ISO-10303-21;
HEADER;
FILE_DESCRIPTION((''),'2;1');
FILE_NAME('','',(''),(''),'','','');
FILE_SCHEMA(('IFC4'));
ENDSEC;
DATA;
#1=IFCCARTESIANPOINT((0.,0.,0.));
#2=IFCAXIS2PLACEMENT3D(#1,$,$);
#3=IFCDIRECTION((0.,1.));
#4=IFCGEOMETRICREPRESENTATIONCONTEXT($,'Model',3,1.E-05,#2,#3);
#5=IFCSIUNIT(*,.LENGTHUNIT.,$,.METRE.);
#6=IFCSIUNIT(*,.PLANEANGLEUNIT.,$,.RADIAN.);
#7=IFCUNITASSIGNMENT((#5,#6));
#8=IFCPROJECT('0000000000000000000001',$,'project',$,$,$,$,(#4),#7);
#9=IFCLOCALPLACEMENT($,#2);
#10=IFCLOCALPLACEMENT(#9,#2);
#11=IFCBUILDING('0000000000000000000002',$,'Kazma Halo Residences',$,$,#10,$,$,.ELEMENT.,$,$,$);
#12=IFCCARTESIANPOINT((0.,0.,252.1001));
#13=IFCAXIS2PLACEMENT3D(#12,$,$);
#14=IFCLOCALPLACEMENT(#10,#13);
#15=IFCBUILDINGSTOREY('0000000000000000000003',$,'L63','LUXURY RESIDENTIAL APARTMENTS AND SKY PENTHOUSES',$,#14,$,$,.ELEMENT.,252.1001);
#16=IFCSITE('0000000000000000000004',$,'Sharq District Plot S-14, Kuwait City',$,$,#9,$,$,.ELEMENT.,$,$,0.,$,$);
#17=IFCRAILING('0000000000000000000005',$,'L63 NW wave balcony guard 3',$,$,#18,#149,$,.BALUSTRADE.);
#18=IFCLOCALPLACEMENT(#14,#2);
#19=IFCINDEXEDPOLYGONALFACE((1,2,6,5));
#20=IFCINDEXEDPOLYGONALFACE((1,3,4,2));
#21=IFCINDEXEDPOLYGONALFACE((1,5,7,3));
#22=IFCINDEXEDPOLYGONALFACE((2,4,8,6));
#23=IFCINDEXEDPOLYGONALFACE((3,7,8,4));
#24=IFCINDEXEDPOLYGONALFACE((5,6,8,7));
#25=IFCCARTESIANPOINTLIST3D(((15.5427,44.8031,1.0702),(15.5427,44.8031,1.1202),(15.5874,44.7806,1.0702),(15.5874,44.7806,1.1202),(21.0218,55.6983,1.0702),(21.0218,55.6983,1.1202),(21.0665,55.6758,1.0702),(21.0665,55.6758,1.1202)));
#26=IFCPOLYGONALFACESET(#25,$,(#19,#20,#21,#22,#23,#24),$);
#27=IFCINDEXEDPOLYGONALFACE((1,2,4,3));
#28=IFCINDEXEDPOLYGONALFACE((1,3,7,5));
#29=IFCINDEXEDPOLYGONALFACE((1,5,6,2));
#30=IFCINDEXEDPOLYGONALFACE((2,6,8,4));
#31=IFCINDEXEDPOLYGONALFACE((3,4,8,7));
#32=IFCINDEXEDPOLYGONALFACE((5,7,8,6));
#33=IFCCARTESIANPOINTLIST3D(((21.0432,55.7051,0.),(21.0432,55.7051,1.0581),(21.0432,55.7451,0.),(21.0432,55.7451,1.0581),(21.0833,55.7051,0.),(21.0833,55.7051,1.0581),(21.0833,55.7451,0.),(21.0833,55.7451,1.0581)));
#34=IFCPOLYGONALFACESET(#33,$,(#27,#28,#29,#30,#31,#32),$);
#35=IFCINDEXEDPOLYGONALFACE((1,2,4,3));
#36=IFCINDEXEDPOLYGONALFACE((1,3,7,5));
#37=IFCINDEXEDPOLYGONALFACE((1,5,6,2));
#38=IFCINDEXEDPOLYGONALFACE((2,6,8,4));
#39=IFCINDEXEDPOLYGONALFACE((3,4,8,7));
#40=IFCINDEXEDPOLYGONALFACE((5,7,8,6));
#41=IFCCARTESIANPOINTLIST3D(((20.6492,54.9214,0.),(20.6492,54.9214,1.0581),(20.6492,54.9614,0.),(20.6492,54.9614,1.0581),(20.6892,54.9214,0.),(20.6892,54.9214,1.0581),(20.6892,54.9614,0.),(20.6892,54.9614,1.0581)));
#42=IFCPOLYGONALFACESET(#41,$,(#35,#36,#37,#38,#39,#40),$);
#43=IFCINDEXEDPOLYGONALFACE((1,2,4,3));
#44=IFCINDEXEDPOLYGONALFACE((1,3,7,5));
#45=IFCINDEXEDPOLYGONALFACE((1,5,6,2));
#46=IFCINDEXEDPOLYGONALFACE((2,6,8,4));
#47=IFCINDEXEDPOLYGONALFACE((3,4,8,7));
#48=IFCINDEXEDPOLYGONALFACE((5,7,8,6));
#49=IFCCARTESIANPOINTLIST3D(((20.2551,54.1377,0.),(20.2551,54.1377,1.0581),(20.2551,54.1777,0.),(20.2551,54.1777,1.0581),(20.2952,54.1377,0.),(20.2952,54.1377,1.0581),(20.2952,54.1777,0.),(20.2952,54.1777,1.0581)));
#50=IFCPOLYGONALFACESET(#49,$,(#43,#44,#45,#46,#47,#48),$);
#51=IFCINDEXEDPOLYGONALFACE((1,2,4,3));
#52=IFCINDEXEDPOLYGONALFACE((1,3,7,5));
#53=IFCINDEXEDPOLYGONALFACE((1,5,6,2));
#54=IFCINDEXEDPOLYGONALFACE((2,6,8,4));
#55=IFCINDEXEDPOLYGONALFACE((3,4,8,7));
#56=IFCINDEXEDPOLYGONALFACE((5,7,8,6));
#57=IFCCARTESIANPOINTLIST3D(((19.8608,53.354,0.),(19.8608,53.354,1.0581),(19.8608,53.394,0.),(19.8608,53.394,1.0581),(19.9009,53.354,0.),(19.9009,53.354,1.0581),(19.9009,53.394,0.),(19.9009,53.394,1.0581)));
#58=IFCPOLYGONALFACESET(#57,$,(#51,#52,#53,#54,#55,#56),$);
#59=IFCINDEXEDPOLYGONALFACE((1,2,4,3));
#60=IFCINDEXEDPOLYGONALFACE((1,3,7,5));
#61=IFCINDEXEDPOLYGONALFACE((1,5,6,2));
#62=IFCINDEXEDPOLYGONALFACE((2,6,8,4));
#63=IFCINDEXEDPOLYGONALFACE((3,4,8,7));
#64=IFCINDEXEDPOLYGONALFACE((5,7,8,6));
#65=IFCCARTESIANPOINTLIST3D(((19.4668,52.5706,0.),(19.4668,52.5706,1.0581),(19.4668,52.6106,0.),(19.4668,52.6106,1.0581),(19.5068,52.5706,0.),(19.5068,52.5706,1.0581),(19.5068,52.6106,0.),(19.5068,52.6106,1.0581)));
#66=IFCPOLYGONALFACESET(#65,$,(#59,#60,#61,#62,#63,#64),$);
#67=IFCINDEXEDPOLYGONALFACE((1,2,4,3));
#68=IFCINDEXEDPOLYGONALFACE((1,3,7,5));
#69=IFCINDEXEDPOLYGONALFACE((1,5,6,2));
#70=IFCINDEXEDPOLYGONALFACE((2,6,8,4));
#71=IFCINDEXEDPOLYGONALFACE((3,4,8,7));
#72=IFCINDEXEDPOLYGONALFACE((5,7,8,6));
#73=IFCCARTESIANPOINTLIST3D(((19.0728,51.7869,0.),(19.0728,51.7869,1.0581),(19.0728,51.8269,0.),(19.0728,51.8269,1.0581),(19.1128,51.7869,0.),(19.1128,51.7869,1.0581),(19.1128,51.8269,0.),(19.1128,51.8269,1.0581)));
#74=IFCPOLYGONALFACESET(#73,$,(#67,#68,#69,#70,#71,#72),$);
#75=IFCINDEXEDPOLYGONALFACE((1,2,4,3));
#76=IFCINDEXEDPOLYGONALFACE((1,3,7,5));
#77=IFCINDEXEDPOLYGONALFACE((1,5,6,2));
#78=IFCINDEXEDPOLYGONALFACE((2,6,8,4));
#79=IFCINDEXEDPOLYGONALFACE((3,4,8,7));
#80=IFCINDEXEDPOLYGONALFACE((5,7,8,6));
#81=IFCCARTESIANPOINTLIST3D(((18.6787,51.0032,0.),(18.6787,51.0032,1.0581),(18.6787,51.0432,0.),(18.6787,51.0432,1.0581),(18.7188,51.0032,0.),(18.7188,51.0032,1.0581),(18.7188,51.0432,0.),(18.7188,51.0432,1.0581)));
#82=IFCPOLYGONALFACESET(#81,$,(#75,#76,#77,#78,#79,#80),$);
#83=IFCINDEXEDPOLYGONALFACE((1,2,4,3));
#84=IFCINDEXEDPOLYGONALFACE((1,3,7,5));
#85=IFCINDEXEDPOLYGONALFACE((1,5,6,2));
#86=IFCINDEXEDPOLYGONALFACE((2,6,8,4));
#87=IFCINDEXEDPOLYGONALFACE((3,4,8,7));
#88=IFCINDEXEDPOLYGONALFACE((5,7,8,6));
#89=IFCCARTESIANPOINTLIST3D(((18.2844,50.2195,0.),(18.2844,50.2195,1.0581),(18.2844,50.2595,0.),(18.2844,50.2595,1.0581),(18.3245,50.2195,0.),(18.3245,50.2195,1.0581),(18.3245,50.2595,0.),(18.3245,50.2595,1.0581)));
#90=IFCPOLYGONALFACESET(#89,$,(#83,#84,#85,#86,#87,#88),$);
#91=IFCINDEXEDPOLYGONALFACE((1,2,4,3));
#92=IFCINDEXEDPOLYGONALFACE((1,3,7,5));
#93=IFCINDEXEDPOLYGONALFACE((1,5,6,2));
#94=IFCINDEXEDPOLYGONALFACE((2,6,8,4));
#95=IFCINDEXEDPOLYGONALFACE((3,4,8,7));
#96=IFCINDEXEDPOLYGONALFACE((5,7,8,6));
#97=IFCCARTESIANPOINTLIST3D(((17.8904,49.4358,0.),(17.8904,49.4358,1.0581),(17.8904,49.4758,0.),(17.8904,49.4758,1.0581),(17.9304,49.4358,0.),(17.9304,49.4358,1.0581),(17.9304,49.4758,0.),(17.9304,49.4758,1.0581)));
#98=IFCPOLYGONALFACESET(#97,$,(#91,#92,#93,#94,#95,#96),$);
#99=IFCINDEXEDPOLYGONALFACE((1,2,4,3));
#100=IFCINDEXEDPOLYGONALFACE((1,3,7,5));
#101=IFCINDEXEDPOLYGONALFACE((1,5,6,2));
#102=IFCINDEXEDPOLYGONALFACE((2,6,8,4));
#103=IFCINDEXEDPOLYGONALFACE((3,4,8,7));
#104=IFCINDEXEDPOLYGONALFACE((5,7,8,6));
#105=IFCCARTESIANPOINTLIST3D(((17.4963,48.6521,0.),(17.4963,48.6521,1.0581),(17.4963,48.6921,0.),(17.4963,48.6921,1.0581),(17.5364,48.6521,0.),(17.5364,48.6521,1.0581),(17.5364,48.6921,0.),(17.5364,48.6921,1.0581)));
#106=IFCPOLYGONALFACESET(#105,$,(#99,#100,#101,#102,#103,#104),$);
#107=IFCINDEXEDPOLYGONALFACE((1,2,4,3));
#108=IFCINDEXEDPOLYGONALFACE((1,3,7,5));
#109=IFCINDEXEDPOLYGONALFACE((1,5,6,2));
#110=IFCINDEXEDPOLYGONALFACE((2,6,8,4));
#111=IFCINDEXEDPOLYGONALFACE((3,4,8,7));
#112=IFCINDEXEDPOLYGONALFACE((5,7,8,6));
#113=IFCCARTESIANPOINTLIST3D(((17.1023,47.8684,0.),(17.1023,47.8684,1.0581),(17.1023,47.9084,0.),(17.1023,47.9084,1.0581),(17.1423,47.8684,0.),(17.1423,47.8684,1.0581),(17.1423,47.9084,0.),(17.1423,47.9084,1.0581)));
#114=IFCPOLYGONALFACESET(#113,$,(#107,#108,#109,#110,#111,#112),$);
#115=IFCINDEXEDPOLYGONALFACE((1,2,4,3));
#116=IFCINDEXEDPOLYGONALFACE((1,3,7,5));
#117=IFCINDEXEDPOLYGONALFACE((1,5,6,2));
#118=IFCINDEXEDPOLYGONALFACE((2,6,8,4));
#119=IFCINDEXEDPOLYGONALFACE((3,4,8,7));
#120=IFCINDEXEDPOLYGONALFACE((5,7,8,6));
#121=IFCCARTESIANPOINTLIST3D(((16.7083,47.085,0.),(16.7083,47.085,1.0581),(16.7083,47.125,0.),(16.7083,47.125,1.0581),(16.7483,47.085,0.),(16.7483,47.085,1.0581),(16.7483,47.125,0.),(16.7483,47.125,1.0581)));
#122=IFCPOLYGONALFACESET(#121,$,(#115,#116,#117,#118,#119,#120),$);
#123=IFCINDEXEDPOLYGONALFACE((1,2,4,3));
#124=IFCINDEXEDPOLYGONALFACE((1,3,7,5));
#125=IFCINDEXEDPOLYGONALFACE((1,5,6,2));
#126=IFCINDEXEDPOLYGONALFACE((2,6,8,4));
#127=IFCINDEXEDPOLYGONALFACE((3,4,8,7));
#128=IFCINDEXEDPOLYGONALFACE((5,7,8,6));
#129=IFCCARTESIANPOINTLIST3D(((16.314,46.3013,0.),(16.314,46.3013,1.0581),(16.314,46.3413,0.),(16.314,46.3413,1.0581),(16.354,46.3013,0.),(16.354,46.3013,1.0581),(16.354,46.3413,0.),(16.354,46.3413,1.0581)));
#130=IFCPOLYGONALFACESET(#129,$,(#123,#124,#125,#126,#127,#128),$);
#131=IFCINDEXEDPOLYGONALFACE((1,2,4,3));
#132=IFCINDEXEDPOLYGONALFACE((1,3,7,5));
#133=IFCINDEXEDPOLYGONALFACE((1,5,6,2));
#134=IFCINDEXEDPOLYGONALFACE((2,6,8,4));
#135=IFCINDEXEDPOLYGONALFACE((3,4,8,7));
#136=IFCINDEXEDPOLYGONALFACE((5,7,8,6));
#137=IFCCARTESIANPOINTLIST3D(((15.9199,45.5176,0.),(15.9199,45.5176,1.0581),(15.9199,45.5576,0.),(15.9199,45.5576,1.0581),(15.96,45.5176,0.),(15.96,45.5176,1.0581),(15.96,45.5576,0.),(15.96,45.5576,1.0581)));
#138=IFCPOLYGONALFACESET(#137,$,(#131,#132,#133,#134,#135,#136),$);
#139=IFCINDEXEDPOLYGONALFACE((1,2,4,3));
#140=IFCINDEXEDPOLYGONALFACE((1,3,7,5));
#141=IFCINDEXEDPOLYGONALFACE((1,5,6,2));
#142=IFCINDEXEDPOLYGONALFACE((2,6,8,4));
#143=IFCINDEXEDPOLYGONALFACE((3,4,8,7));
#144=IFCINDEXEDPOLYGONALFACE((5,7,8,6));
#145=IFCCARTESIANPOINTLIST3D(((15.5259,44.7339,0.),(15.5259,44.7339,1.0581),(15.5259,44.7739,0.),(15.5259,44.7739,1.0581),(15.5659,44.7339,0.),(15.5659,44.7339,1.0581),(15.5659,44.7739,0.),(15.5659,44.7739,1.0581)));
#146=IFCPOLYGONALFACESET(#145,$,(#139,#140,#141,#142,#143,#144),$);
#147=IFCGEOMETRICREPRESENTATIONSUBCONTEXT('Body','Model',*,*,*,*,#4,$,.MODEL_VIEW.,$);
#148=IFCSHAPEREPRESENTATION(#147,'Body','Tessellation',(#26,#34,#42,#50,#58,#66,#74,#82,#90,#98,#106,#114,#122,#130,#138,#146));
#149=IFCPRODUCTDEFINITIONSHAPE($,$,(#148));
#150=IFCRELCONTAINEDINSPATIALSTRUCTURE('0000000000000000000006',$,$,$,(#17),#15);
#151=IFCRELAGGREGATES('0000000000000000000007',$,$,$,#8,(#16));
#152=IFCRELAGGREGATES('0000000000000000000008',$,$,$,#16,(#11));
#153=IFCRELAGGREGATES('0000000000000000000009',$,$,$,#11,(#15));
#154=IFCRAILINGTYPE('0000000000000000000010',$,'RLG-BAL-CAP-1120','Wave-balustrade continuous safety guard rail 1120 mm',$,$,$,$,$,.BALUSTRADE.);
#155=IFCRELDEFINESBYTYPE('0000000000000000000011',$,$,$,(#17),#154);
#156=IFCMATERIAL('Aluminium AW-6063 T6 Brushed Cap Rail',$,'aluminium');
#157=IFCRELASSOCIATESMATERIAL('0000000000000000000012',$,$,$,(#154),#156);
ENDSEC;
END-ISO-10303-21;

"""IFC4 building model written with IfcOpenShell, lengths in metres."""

from ifc_helpers import new_model, si_unit, direction, frame, origin, origin_2d, place, context, subcontext, project, spatial, rectangle, extrude, material, type_object, element, save


model = new_model("IFC4")

# Units and contexts
model_context = context("Model", 3, precision=1e-05, world=origin(), true_north=direction((0.0, 1.0)))
body_context = subcontext(model_context, "Body", "Model", "MODEL_VIEW")
ifc_project = project(units=[si_unit("LENGTHUNIT", "METRE"), si_unit("PLANEANGLEUNIT", "RADIAN")], contexts=[model_context])

# Site, building, storey
site_placement = place(None, origin())
site = spatial("IfcSite", under=ifc_project, at=site_placement, Name="Sharq District Plot S-14, Kuwait City", CompositionType="ELEMENT", RefElevation=0.0)
building_placement = place(site_placement, origin())
building = spatial("IfcBuilding", under=site, at=building_placement, Name="Kazma Halo Residences", CompositionType="ELEMENT")
storey_placement = place(building_placement, frame((0.0, 0.0, 252.1001)))
storey = spatial("IfcBuildingStorey", under=building, at=storey_placement, Name="L63", Description="LUXURY RESIDENTIAL APARTMENTS AND SKY PENTHOUSES", CompositionType="ELEMENT", Elevation=252.1001)

# Railing
ifc_material_1 = material(Name="Aluminium AW-6063 T6 Brushed Cap Rail", Category="aluminium")
railing_type = type_object("IfcRailingType", Name="RLG-BAL-CAP-1120", Description="Wave-balustrade continuous safety guard rail 1120 mm", PredefinedType="BALUSTRADE", material=ifc_material_1)
railing_1_placement = place(storey_placement, frame((21.0632, 55.7251, 0.0)))
element("IfcRailing", 1, at=railing_1_placement, inside=storey, type_object=railing_type, Name="L63 NW wave balcony guard 3", PredefinedType="BALUSTRADE", context=body_context, shape_type="SweptSolid", body=[
    extrude(rectangle(XDim=0.05, YDim=0.05, at=origin_2d()), frame((-0.019, -0.0381, 1.0952), z_axis=(-0.44928, -0.893391, 0.0), x_axis=(0.893391, -0.44928, 0.0)), (0.0, 0.0, 1.0), 12.1953),
    extrude(rectangle(XDim=0.04, YDim=0.04, at=origin_2d()), origin(), (0.0, 0.0, 1.0), 1.0581),
    extrude(rectangle(XDim=0.04, YDim=0.04, at=origin_2d()), frame((-0.394, -0.7837, 0.0)), (0.0, 0.0, 1.0), 1.0581),
    extrude(rectangle(XDim=0.04, YDim=0.04, at=origin_2d()), frame((-0.7881, -1.5674, 0.0)), (0.0, 0.0, 1.0), 1.0581),
    extrude(rectangle(XDim=0.04, YDim=0.04, at=origin_2d()), frame((-1.1824, -2.3511, 0.0)), (0.0, 0.0, 1.0), 1.0581),
    extrude(rectangle(XDim=0.04, YDim=0.04, at=origin_2d()), frame((-1.5764, -3.1345, 0.0)), (0.0, 0.0, 1.0), 1.0581),
    extrude(rectangle(XDim=0.04, YDim=0.04, at=origin_2d()), frame((-1.9705, -3.9182, 0.0)), (0.0, 0.0, 1.0), 1.0581),
    extrude(rectangle(XDim=0.04, YDim=0.04, at=origin_2d()), frame((-2.3645, -4.7019, 0.0)), (0.0, 0.0, 1.0), 1.0581),
    extrude(rectangle(XDim=0.04, YDim=0.04, at=origin_2d()), frame((-2.7588, -5.4856, 0.0)), (0.0, 0.0, 1.0), 1.0581),
    extrude(rectangle(XDim=0.04, YDim=0.04, at=origin_2d()), frame((-3.1528, -6.2693, 0.0)), (0.0, 0.0, 1.0), 1.0581),
    extrude(rectangle(XDim=0.04, YDim=0.04, at=origin_2d()), frame((-3.5469, -7.053, 0.0)), (0.0, 0.0, 1.0), 1.0581),
    extrude(rectangle(XDim=0.04, YDim=0.04, at=origin_2d()), frame((-3.9409, -7.8367, 0.0)), (0.0, 0.0, 1.0), 1.0581),
    extrude(rectangle(XDim=0.04, YDim=0.04, at=origin_2d()), frame((-4.335, -8.6201, 0.0)), (0.0, 0.0, 1.0), 1.0581),
    extrude(rectangle(XDim=0.04, YDim=0.04, at=origin_2d()), frame((-4.7292, -9.4038, 0.0)), (0.0, 0.0, 1.0), 1.0581),
    extrude(rectangle(XDim=0.04, YDim=0.04, at=origin_2d()), frame((-5.1233, -10.1875, 0.0)), (0.0, 0.0, 1.0), 1.0581),
    extrude(rectangle(XDim=0.04, YDim=0.04, at=origin_2d()), frame((-5.5173, -10.9712, 0.0)), (0.0, 0.0, 1.0), 1.0581),
])

save(model, "model.ifc")
